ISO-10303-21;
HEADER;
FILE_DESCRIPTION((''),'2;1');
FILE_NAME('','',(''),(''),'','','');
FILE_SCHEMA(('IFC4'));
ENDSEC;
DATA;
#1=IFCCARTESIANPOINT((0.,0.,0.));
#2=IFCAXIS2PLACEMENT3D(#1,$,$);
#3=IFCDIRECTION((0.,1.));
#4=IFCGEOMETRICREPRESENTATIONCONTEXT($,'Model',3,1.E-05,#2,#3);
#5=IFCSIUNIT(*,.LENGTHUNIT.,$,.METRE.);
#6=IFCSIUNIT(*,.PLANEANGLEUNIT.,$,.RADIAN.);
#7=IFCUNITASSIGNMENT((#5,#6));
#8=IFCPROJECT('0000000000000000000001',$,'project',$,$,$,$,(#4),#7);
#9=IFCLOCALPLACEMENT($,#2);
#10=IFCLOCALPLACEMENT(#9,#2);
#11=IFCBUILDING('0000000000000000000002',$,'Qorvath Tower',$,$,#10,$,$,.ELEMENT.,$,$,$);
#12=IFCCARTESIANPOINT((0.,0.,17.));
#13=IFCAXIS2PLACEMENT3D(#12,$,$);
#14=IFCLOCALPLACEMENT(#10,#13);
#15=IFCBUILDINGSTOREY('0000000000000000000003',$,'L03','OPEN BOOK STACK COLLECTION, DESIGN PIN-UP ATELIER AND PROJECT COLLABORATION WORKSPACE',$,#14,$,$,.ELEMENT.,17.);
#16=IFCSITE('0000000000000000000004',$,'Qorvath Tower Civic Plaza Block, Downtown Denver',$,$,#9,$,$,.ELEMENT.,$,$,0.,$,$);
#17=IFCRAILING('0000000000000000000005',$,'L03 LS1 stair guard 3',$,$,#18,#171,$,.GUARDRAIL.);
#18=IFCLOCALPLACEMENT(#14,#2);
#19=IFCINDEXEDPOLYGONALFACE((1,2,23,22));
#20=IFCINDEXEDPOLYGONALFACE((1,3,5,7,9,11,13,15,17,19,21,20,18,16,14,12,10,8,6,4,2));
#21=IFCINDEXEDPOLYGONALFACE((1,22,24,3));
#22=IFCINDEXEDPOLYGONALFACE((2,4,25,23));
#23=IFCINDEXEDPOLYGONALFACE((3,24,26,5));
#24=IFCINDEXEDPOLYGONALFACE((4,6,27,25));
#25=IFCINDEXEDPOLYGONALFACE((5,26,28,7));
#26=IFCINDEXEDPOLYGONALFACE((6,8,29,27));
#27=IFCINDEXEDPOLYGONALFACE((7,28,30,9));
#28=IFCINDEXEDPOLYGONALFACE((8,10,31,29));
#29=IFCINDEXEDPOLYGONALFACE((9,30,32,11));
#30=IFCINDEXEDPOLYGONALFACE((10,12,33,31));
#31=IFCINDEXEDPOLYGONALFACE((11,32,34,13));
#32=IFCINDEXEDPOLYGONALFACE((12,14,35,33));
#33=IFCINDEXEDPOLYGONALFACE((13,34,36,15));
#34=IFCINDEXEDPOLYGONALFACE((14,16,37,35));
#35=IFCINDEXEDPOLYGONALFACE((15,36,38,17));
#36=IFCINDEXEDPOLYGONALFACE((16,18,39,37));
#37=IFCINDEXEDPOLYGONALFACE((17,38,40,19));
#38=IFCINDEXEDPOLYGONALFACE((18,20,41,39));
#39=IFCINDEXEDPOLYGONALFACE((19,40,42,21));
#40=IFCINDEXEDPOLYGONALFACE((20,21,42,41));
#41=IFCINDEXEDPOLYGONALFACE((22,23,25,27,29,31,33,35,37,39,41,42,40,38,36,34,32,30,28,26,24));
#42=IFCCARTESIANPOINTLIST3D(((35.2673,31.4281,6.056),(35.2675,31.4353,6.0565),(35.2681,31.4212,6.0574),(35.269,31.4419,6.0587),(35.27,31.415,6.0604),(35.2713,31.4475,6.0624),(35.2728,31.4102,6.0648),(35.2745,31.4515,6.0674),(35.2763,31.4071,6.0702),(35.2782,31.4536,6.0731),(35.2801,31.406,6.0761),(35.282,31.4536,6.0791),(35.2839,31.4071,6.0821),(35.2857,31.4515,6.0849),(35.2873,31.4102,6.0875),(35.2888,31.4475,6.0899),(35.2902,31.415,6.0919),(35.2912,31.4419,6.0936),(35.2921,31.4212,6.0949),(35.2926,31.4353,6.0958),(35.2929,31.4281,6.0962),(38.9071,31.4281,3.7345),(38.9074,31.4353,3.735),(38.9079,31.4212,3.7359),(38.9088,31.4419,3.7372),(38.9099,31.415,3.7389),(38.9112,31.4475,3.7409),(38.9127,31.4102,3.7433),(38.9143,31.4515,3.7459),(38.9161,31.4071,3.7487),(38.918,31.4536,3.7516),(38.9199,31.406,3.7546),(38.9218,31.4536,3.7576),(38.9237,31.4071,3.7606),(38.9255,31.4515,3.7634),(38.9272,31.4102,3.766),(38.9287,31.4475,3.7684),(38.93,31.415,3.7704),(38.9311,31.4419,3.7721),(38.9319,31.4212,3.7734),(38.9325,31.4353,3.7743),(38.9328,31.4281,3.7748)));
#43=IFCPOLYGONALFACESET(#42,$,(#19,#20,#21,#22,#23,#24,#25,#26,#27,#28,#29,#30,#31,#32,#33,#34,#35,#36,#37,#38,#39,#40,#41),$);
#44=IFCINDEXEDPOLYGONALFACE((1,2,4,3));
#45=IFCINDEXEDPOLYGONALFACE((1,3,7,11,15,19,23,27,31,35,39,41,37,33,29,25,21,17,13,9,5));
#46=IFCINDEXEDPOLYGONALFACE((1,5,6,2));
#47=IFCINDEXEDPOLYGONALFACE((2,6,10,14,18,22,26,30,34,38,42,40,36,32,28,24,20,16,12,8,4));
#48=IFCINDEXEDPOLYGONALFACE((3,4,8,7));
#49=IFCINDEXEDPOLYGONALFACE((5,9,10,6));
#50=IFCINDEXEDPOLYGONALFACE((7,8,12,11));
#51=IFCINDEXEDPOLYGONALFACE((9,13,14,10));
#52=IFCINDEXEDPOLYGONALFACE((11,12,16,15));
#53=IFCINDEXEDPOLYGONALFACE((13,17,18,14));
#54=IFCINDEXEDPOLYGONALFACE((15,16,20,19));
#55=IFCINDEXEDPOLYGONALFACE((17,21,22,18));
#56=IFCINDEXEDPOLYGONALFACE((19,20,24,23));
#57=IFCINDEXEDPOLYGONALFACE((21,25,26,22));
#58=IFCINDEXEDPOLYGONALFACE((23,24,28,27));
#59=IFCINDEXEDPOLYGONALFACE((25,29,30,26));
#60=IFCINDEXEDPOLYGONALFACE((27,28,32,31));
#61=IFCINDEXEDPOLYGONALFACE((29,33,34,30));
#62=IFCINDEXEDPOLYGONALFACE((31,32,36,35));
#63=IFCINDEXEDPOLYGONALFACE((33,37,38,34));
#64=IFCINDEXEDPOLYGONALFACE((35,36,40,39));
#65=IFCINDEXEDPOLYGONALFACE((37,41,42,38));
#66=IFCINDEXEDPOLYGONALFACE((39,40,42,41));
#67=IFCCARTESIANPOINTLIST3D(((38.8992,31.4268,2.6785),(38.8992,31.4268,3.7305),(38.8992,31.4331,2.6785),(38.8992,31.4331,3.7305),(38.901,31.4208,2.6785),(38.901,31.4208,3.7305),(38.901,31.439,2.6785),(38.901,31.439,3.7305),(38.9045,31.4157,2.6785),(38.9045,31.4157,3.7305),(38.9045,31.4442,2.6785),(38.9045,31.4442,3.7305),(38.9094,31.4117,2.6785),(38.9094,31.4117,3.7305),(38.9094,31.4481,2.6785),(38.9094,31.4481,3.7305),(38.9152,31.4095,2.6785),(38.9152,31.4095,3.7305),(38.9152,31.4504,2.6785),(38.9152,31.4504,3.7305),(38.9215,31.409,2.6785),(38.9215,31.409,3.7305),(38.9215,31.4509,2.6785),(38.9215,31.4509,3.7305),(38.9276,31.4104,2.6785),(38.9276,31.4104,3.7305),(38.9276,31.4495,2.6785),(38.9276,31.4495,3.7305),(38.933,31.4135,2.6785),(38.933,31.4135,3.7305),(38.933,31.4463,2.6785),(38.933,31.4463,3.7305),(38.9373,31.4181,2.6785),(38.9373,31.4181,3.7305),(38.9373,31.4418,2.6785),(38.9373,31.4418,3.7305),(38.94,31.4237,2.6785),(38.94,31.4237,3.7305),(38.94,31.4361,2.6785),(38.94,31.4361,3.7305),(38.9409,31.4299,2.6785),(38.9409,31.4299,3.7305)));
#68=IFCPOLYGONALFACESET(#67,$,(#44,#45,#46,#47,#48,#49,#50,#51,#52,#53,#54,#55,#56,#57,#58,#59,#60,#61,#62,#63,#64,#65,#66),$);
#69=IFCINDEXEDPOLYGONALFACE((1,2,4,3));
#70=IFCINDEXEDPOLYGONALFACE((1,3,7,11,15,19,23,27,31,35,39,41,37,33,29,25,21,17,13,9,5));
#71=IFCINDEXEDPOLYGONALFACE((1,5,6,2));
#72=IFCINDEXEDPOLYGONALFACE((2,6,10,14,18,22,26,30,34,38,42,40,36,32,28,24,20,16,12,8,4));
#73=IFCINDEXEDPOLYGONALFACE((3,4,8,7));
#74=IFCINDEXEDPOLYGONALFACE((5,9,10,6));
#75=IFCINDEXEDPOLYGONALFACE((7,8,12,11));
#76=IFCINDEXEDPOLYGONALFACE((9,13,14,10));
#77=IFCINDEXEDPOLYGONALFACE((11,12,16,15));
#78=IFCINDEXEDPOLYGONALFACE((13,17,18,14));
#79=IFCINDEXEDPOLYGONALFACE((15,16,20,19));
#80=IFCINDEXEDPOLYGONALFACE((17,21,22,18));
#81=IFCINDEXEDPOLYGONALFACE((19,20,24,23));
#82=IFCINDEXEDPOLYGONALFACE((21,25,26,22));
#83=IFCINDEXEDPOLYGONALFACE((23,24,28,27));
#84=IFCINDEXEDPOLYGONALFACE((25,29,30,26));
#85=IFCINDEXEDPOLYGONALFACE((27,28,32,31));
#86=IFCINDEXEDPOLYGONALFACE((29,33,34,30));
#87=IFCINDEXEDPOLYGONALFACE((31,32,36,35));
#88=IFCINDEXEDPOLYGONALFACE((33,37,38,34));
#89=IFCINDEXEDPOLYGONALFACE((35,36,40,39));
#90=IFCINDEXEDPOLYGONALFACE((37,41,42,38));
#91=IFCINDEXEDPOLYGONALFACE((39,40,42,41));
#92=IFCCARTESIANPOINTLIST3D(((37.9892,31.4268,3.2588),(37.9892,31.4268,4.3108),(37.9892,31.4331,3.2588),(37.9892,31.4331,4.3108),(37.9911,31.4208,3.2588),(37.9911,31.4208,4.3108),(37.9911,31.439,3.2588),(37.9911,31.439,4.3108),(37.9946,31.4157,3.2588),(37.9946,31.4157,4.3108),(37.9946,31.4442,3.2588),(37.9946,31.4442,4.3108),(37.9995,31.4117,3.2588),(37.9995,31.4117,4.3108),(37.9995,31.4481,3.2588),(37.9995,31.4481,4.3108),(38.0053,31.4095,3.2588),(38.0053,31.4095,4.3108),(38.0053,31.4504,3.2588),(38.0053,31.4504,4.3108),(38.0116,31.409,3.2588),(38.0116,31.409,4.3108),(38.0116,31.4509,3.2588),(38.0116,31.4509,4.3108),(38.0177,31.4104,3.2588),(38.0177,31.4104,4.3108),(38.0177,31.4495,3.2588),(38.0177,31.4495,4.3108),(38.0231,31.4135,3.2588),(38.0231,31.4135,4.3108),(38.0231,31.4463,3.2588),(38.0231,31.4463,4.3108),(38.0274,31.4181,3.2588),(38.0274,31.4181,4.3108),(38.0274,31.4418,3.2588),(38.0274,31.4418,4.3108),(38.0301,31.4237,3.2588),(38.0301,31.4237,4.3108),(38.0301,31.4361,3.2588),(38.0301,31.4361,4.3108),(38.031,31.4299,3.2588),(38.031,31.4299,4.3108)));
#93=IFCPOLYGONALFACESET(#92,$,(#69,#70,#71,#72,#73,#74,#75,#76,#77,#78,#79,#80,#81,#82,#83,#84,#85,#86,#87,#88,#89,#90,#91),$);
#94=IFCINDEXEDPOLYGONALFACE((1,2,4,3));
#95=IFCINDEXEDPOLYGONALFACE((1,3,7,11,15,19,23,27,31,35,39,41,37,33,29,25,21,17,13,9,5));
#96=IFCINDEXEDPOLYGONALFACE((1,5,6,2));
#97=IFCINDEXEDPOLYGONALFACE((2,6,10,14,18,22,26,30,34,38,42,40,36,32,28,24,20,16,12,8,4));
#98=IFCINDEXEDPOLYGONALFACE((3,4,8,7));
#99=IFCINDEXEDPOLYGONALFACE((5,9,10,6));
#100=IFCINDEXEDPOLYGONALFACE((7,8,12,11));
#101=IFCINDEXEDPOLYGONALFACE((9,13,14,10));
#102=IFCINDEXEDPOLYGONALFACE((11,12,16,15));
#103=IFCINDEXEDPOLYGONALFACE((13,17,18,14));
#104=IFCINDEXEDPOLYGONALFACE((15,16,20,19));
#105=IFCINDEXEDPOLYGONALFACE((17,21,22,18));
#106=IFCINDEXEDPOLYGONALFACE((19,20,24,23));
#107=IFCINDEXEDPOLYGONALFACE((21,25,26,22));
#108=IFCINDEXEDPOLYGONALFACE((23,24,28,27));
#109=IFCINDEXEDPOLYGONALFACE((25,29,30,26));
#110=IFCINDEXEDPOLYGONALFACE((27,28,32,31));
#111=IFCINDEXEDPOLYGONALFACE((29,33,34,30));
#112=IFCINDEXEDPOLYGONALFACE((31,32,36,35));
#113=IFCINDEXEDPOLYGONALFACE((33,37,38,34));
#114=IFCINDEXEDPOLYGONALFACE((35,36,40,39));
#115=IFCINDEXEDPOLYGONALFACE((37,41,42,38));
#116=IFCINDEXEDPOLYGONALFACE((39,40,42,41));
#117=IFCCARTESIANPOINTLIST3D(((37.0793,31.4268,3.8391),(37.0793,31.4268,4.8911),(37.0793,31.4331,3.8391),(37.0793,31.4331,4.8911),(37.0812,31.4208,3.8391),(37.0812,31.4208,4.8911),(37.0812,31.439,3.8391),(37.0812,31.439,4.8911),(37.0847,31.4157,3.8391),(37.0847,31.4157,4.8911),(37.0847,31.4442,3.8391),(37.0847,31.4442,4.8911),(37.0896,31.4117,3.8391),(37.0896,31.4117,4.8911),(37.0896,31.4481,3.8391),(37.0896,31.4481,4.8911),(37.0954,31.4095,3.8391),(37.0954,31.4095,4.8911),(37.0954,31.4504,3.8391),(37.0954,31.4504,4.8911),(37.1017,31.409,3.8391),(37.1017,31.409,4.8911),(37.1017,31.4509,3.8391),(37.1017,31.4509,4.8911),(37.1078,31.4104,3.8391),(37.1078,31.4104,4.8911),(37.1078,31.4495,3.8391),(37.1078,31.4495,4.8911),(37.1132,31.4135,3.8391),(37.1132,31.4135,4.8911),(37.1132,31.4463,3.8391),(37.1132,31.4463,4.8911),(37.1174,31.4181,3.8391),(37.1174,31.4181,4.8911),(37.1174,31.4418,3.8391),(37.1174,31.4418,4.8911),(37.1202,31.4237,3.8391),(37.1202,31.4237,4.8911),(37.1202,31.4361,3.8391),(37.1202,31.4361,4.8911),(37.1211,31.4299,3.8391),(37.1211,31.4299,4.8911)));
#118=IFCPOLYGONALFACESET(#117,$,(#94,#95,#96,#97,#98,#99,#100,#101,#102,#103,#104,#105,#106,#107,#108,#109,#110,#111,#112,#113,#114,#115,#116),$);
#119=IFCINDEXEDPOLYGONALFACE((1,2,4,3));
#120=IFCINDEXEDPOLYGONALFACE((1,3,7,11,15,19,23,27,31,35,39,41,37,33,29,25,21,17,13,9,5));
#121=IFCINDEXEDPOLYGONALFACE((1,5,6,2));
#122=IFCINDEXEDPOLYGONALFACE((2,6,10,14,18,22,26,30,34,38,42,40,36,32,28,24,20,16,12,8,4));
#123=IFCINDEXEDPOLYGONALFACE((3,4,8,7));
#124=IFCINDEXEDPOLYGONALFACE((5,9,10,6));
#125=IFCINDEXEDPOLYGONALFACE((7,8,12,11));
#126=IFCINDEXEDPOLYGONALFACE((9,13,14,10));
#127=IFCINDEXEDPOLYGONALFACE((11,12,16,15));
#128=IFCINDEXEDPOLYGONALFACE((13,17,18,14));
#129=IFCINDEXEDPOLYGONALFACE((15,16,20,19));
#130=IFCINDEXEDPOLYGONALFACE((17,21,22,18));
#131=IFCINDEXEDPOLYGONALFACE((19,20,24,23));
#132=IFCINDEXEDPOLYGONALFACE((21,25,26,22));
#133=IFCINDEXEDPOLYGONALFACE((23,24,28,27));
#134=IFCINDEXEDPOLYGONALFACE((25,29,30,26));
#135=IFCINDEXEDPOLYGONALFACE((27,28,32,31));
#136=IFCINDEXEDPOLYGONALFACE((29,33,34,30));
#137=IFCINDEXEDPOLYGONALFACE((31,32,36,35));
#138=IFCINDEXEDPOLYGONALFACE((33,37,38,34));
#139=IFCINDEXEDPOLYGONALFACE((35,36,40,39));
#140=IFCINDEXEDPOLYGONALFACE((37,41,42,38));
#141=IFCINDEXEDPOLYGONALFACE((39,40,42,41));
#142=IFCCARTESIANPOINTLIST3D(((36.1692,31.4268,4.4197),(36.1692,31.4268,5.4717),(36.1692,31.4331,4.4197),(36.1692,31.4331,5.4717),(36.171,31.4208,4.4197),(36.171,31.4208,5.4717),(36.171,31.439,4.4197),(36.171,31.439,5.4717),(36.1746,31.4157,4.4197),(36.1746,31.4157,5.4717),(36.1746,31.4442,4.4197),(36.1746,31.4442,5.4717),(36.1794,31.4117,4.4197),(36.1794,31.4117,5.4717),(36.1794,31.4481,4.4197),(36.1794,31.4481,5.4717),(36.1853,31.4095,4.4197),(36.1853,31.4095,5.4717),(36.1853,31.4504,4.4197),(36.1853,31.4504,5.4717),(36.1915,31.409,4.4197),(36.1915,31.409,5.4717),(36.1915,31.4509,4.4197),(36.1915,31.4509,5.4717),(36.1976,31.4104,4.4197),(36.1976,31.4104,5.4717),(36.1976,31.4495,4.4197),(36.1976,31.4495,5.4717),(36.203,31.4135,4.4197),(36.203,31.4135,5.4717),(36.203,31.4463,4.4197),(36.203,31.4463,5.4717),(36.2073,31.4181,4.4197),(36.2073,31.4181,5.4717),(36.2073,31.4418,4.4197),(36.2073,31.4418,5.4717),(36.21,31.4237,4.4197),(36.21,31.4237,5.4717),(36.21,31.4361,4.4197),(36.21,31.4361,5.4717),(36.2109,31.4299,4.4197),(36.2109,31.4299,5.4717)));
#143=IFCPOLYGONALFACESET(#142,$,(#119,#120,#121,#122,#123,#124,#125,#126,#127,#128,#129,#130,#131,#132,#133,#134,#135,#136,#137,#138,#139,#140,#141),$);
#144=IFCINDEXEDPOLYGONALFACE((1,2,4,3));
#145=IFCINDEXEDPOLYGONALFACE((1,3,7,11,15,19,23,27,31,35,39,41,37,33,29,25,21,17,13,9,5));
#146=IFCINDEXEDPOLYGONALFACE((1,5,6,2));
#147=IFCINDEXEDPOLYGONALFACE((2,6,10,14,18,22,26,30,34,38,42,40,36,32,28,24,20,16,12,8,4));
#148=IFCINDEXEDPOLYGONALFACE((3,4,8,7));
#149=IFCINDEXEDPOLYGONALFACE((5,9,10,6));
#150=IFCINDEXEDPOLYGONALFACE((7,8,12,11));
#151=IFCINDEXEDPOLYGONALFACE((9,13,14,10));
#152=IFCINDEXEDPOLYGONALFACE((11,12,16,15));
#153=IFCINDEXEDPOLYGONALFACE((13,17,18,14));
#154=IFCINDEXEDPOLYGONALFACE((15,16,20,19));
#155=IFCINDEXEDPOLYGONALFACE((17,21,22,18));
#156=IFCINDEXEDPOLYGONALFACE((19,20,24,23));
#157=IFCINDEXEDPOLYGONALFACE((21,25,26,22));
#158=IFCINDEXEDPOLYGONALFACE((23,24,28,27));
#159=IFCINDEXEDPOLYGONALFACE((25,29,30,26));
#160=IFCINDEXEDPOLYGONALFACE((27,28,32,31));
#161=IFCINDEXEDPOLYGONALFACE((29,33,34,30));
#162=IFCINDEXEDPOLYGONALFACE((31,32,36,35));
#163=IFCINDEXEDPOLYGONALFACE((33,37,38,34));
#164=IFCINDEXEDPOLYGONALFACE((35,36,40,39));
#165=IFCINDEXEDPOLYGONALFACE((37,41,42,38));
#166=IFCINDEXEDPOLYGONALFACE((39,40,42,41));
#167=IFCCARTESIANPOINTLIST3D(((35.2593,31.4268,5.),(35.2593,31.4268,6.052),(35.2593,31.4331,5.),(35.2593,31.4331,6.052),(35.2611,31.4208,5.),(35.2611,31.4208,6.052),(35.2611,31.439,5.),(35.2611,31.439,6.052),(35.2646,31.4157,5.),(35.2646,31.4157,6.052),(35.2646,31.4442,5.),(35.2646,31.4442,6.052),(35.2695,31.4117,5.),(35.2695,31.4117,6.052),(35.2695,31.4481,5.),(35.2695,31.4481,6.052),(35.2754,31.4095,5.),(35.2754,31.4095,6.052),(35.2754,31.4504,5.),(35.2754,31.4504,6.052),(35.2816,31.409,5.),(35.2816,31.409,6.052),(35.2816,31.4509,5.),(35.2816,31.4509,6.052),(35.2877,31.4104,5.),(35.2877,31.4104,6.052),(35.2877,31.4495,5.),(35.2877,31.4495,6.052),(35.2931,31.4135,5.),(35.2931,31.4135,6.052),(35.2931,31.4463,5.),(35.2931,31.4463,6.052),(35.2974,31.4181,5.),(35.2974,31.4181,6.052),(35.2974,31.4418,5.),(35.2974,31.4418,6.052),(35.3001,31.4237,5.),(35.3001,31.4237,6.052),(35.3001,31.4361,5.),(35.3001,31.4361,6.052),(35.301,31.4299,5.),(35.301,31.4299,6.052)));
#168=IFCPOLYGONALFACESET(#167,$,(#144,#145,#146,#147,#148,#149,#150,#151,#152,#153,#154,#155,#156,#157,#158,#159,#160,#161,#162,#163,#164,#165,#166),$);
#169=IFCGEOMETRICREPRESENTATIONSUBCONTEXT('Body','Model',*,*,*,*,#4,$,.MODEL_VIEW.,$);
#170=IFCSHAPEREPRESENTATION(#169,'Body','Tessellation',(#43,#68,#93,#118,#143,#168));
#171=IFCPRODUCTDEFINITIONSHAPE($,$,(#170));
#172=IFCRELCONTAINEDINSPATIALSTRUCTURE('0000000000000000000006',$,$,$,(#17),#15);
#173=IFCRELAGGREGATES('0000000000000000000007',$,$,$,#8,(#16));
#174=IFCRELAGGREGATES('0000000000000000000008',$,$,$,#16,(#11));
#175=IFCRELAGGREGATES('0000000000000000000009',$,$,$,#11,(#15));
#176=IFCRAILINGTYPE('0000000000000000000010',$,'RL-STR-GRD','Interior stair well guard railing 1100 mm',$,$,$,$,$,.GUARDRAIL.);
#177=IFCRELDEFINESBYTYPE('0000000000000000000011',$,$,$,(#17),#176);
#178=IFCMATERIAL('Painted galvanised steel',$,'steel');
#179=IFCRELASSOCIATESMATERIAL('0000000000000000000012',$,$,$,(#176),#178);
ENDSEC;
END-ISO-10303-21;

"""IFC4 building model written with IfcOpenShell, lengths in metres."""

from ifc_helpers import new_model, si_unit, direction, frame, origin, origin_2d, place, context, subcontext, project, spatial, circle, extrude, material, type_object, element, save


model = new_model("IFC4")

# Units and contexts
model_context = context("Model", 3, precision=1e-05, world=origin(), true_north=direction((0.0, 1.0)))
body_context = subcontext(model_context, "Body", "Model", "MODEL_VIEW")
ifc_project = project(units=[si_unit("LENGTHUNIT", "METRE"), si_unit("PLANEANGLEUNIT", "RADIAN")], contexts=[model_context])

# Site, building, storey
site_placement = place(None, origin())
site = spatial("IfcSite", under=ifc_project, at=site_placement, Name="Qorvath Tower Civic Plaza Block, Downtown Denver", CompositionType="ELEMENT", RefElevation=0.0)
building_placement = place(site_placement, origin())
building = spatial("IfcBuilding", under=site, at=building_placement, Name="Qorvath Tower", CompositionType="ELEMENT")
storey_placement = place(building_placement, frame((0.0, 0.0, 17.0)))
storey = spatial("IfcBuildingStorey", under=building, at=storey_placement, Name="L03", Description="OPEN BOOK STACK COLLECTION, DESIGN PIN-UP ATELIER AND PROJECT COLLABORATION WORKSPACE", CompositionType="ELEMENT", Elevation=17.0)

# Railing
ifc_material_1 = material(Name="Painted galvanised steel", Category="steel")
railing_type_1 = type_object("IfcRailingType", Name="RL-STR-GRD", Description="Interior stair well guard railing 1100 mm", PredefinedType="GUARDRAIL", material=ifc_material_1)
railing_1_placement = place(storey_placement, frame((38.9199, 31.4299, 2.6785)))
element("IfcRailing", 1, at=railing_1_placement, inside=storey, type_object=railing_type_1, Name="L03 LS1 stair guard 3", PredefinedType="GUARDRAIL", context=body_context, shape_type="SweptSolid", body=[
    extrude(circle(Radius=0.0239, at=origin_2d()), frame((0.0, 0.0, 1.0762), z_axis=(-0.843112, 0.0, 0.537739), x_axis=(0.0, -1.0, 0.0)), (0.0, 0.0, 1.0), 4.3171),
    extrude(circle(Radius=0.021, at=origin_2d()), origin(), (0.0, 0.0, 1.0), 1.052),
    extrude(circle(Radius=0.021, at=origin_2d()), frame((-0.9099, 0.0, 0.5803)), (0.0, 0.0, 1.0), 1.052),
    extrude(circle(Radius=0.021, at=origin_2d()), frame((-1.8198, 0.0, 1.1606)), (0.0, 0.0, 1.0), 1.052),
    extrude(circle(Radius=0.021, at=origin_2d()), frame((-2.73, 0.0, 1.7412)), (0.0, 0.0, 1.0), 1.052),
    extrude(circle(Radius=0.021, at=origin_2d()), frame((-3.6399, 0.0, 2.3215)), (0.0, 0.0, 1.0), 1.052),
])

save(model, "model.ifc")
